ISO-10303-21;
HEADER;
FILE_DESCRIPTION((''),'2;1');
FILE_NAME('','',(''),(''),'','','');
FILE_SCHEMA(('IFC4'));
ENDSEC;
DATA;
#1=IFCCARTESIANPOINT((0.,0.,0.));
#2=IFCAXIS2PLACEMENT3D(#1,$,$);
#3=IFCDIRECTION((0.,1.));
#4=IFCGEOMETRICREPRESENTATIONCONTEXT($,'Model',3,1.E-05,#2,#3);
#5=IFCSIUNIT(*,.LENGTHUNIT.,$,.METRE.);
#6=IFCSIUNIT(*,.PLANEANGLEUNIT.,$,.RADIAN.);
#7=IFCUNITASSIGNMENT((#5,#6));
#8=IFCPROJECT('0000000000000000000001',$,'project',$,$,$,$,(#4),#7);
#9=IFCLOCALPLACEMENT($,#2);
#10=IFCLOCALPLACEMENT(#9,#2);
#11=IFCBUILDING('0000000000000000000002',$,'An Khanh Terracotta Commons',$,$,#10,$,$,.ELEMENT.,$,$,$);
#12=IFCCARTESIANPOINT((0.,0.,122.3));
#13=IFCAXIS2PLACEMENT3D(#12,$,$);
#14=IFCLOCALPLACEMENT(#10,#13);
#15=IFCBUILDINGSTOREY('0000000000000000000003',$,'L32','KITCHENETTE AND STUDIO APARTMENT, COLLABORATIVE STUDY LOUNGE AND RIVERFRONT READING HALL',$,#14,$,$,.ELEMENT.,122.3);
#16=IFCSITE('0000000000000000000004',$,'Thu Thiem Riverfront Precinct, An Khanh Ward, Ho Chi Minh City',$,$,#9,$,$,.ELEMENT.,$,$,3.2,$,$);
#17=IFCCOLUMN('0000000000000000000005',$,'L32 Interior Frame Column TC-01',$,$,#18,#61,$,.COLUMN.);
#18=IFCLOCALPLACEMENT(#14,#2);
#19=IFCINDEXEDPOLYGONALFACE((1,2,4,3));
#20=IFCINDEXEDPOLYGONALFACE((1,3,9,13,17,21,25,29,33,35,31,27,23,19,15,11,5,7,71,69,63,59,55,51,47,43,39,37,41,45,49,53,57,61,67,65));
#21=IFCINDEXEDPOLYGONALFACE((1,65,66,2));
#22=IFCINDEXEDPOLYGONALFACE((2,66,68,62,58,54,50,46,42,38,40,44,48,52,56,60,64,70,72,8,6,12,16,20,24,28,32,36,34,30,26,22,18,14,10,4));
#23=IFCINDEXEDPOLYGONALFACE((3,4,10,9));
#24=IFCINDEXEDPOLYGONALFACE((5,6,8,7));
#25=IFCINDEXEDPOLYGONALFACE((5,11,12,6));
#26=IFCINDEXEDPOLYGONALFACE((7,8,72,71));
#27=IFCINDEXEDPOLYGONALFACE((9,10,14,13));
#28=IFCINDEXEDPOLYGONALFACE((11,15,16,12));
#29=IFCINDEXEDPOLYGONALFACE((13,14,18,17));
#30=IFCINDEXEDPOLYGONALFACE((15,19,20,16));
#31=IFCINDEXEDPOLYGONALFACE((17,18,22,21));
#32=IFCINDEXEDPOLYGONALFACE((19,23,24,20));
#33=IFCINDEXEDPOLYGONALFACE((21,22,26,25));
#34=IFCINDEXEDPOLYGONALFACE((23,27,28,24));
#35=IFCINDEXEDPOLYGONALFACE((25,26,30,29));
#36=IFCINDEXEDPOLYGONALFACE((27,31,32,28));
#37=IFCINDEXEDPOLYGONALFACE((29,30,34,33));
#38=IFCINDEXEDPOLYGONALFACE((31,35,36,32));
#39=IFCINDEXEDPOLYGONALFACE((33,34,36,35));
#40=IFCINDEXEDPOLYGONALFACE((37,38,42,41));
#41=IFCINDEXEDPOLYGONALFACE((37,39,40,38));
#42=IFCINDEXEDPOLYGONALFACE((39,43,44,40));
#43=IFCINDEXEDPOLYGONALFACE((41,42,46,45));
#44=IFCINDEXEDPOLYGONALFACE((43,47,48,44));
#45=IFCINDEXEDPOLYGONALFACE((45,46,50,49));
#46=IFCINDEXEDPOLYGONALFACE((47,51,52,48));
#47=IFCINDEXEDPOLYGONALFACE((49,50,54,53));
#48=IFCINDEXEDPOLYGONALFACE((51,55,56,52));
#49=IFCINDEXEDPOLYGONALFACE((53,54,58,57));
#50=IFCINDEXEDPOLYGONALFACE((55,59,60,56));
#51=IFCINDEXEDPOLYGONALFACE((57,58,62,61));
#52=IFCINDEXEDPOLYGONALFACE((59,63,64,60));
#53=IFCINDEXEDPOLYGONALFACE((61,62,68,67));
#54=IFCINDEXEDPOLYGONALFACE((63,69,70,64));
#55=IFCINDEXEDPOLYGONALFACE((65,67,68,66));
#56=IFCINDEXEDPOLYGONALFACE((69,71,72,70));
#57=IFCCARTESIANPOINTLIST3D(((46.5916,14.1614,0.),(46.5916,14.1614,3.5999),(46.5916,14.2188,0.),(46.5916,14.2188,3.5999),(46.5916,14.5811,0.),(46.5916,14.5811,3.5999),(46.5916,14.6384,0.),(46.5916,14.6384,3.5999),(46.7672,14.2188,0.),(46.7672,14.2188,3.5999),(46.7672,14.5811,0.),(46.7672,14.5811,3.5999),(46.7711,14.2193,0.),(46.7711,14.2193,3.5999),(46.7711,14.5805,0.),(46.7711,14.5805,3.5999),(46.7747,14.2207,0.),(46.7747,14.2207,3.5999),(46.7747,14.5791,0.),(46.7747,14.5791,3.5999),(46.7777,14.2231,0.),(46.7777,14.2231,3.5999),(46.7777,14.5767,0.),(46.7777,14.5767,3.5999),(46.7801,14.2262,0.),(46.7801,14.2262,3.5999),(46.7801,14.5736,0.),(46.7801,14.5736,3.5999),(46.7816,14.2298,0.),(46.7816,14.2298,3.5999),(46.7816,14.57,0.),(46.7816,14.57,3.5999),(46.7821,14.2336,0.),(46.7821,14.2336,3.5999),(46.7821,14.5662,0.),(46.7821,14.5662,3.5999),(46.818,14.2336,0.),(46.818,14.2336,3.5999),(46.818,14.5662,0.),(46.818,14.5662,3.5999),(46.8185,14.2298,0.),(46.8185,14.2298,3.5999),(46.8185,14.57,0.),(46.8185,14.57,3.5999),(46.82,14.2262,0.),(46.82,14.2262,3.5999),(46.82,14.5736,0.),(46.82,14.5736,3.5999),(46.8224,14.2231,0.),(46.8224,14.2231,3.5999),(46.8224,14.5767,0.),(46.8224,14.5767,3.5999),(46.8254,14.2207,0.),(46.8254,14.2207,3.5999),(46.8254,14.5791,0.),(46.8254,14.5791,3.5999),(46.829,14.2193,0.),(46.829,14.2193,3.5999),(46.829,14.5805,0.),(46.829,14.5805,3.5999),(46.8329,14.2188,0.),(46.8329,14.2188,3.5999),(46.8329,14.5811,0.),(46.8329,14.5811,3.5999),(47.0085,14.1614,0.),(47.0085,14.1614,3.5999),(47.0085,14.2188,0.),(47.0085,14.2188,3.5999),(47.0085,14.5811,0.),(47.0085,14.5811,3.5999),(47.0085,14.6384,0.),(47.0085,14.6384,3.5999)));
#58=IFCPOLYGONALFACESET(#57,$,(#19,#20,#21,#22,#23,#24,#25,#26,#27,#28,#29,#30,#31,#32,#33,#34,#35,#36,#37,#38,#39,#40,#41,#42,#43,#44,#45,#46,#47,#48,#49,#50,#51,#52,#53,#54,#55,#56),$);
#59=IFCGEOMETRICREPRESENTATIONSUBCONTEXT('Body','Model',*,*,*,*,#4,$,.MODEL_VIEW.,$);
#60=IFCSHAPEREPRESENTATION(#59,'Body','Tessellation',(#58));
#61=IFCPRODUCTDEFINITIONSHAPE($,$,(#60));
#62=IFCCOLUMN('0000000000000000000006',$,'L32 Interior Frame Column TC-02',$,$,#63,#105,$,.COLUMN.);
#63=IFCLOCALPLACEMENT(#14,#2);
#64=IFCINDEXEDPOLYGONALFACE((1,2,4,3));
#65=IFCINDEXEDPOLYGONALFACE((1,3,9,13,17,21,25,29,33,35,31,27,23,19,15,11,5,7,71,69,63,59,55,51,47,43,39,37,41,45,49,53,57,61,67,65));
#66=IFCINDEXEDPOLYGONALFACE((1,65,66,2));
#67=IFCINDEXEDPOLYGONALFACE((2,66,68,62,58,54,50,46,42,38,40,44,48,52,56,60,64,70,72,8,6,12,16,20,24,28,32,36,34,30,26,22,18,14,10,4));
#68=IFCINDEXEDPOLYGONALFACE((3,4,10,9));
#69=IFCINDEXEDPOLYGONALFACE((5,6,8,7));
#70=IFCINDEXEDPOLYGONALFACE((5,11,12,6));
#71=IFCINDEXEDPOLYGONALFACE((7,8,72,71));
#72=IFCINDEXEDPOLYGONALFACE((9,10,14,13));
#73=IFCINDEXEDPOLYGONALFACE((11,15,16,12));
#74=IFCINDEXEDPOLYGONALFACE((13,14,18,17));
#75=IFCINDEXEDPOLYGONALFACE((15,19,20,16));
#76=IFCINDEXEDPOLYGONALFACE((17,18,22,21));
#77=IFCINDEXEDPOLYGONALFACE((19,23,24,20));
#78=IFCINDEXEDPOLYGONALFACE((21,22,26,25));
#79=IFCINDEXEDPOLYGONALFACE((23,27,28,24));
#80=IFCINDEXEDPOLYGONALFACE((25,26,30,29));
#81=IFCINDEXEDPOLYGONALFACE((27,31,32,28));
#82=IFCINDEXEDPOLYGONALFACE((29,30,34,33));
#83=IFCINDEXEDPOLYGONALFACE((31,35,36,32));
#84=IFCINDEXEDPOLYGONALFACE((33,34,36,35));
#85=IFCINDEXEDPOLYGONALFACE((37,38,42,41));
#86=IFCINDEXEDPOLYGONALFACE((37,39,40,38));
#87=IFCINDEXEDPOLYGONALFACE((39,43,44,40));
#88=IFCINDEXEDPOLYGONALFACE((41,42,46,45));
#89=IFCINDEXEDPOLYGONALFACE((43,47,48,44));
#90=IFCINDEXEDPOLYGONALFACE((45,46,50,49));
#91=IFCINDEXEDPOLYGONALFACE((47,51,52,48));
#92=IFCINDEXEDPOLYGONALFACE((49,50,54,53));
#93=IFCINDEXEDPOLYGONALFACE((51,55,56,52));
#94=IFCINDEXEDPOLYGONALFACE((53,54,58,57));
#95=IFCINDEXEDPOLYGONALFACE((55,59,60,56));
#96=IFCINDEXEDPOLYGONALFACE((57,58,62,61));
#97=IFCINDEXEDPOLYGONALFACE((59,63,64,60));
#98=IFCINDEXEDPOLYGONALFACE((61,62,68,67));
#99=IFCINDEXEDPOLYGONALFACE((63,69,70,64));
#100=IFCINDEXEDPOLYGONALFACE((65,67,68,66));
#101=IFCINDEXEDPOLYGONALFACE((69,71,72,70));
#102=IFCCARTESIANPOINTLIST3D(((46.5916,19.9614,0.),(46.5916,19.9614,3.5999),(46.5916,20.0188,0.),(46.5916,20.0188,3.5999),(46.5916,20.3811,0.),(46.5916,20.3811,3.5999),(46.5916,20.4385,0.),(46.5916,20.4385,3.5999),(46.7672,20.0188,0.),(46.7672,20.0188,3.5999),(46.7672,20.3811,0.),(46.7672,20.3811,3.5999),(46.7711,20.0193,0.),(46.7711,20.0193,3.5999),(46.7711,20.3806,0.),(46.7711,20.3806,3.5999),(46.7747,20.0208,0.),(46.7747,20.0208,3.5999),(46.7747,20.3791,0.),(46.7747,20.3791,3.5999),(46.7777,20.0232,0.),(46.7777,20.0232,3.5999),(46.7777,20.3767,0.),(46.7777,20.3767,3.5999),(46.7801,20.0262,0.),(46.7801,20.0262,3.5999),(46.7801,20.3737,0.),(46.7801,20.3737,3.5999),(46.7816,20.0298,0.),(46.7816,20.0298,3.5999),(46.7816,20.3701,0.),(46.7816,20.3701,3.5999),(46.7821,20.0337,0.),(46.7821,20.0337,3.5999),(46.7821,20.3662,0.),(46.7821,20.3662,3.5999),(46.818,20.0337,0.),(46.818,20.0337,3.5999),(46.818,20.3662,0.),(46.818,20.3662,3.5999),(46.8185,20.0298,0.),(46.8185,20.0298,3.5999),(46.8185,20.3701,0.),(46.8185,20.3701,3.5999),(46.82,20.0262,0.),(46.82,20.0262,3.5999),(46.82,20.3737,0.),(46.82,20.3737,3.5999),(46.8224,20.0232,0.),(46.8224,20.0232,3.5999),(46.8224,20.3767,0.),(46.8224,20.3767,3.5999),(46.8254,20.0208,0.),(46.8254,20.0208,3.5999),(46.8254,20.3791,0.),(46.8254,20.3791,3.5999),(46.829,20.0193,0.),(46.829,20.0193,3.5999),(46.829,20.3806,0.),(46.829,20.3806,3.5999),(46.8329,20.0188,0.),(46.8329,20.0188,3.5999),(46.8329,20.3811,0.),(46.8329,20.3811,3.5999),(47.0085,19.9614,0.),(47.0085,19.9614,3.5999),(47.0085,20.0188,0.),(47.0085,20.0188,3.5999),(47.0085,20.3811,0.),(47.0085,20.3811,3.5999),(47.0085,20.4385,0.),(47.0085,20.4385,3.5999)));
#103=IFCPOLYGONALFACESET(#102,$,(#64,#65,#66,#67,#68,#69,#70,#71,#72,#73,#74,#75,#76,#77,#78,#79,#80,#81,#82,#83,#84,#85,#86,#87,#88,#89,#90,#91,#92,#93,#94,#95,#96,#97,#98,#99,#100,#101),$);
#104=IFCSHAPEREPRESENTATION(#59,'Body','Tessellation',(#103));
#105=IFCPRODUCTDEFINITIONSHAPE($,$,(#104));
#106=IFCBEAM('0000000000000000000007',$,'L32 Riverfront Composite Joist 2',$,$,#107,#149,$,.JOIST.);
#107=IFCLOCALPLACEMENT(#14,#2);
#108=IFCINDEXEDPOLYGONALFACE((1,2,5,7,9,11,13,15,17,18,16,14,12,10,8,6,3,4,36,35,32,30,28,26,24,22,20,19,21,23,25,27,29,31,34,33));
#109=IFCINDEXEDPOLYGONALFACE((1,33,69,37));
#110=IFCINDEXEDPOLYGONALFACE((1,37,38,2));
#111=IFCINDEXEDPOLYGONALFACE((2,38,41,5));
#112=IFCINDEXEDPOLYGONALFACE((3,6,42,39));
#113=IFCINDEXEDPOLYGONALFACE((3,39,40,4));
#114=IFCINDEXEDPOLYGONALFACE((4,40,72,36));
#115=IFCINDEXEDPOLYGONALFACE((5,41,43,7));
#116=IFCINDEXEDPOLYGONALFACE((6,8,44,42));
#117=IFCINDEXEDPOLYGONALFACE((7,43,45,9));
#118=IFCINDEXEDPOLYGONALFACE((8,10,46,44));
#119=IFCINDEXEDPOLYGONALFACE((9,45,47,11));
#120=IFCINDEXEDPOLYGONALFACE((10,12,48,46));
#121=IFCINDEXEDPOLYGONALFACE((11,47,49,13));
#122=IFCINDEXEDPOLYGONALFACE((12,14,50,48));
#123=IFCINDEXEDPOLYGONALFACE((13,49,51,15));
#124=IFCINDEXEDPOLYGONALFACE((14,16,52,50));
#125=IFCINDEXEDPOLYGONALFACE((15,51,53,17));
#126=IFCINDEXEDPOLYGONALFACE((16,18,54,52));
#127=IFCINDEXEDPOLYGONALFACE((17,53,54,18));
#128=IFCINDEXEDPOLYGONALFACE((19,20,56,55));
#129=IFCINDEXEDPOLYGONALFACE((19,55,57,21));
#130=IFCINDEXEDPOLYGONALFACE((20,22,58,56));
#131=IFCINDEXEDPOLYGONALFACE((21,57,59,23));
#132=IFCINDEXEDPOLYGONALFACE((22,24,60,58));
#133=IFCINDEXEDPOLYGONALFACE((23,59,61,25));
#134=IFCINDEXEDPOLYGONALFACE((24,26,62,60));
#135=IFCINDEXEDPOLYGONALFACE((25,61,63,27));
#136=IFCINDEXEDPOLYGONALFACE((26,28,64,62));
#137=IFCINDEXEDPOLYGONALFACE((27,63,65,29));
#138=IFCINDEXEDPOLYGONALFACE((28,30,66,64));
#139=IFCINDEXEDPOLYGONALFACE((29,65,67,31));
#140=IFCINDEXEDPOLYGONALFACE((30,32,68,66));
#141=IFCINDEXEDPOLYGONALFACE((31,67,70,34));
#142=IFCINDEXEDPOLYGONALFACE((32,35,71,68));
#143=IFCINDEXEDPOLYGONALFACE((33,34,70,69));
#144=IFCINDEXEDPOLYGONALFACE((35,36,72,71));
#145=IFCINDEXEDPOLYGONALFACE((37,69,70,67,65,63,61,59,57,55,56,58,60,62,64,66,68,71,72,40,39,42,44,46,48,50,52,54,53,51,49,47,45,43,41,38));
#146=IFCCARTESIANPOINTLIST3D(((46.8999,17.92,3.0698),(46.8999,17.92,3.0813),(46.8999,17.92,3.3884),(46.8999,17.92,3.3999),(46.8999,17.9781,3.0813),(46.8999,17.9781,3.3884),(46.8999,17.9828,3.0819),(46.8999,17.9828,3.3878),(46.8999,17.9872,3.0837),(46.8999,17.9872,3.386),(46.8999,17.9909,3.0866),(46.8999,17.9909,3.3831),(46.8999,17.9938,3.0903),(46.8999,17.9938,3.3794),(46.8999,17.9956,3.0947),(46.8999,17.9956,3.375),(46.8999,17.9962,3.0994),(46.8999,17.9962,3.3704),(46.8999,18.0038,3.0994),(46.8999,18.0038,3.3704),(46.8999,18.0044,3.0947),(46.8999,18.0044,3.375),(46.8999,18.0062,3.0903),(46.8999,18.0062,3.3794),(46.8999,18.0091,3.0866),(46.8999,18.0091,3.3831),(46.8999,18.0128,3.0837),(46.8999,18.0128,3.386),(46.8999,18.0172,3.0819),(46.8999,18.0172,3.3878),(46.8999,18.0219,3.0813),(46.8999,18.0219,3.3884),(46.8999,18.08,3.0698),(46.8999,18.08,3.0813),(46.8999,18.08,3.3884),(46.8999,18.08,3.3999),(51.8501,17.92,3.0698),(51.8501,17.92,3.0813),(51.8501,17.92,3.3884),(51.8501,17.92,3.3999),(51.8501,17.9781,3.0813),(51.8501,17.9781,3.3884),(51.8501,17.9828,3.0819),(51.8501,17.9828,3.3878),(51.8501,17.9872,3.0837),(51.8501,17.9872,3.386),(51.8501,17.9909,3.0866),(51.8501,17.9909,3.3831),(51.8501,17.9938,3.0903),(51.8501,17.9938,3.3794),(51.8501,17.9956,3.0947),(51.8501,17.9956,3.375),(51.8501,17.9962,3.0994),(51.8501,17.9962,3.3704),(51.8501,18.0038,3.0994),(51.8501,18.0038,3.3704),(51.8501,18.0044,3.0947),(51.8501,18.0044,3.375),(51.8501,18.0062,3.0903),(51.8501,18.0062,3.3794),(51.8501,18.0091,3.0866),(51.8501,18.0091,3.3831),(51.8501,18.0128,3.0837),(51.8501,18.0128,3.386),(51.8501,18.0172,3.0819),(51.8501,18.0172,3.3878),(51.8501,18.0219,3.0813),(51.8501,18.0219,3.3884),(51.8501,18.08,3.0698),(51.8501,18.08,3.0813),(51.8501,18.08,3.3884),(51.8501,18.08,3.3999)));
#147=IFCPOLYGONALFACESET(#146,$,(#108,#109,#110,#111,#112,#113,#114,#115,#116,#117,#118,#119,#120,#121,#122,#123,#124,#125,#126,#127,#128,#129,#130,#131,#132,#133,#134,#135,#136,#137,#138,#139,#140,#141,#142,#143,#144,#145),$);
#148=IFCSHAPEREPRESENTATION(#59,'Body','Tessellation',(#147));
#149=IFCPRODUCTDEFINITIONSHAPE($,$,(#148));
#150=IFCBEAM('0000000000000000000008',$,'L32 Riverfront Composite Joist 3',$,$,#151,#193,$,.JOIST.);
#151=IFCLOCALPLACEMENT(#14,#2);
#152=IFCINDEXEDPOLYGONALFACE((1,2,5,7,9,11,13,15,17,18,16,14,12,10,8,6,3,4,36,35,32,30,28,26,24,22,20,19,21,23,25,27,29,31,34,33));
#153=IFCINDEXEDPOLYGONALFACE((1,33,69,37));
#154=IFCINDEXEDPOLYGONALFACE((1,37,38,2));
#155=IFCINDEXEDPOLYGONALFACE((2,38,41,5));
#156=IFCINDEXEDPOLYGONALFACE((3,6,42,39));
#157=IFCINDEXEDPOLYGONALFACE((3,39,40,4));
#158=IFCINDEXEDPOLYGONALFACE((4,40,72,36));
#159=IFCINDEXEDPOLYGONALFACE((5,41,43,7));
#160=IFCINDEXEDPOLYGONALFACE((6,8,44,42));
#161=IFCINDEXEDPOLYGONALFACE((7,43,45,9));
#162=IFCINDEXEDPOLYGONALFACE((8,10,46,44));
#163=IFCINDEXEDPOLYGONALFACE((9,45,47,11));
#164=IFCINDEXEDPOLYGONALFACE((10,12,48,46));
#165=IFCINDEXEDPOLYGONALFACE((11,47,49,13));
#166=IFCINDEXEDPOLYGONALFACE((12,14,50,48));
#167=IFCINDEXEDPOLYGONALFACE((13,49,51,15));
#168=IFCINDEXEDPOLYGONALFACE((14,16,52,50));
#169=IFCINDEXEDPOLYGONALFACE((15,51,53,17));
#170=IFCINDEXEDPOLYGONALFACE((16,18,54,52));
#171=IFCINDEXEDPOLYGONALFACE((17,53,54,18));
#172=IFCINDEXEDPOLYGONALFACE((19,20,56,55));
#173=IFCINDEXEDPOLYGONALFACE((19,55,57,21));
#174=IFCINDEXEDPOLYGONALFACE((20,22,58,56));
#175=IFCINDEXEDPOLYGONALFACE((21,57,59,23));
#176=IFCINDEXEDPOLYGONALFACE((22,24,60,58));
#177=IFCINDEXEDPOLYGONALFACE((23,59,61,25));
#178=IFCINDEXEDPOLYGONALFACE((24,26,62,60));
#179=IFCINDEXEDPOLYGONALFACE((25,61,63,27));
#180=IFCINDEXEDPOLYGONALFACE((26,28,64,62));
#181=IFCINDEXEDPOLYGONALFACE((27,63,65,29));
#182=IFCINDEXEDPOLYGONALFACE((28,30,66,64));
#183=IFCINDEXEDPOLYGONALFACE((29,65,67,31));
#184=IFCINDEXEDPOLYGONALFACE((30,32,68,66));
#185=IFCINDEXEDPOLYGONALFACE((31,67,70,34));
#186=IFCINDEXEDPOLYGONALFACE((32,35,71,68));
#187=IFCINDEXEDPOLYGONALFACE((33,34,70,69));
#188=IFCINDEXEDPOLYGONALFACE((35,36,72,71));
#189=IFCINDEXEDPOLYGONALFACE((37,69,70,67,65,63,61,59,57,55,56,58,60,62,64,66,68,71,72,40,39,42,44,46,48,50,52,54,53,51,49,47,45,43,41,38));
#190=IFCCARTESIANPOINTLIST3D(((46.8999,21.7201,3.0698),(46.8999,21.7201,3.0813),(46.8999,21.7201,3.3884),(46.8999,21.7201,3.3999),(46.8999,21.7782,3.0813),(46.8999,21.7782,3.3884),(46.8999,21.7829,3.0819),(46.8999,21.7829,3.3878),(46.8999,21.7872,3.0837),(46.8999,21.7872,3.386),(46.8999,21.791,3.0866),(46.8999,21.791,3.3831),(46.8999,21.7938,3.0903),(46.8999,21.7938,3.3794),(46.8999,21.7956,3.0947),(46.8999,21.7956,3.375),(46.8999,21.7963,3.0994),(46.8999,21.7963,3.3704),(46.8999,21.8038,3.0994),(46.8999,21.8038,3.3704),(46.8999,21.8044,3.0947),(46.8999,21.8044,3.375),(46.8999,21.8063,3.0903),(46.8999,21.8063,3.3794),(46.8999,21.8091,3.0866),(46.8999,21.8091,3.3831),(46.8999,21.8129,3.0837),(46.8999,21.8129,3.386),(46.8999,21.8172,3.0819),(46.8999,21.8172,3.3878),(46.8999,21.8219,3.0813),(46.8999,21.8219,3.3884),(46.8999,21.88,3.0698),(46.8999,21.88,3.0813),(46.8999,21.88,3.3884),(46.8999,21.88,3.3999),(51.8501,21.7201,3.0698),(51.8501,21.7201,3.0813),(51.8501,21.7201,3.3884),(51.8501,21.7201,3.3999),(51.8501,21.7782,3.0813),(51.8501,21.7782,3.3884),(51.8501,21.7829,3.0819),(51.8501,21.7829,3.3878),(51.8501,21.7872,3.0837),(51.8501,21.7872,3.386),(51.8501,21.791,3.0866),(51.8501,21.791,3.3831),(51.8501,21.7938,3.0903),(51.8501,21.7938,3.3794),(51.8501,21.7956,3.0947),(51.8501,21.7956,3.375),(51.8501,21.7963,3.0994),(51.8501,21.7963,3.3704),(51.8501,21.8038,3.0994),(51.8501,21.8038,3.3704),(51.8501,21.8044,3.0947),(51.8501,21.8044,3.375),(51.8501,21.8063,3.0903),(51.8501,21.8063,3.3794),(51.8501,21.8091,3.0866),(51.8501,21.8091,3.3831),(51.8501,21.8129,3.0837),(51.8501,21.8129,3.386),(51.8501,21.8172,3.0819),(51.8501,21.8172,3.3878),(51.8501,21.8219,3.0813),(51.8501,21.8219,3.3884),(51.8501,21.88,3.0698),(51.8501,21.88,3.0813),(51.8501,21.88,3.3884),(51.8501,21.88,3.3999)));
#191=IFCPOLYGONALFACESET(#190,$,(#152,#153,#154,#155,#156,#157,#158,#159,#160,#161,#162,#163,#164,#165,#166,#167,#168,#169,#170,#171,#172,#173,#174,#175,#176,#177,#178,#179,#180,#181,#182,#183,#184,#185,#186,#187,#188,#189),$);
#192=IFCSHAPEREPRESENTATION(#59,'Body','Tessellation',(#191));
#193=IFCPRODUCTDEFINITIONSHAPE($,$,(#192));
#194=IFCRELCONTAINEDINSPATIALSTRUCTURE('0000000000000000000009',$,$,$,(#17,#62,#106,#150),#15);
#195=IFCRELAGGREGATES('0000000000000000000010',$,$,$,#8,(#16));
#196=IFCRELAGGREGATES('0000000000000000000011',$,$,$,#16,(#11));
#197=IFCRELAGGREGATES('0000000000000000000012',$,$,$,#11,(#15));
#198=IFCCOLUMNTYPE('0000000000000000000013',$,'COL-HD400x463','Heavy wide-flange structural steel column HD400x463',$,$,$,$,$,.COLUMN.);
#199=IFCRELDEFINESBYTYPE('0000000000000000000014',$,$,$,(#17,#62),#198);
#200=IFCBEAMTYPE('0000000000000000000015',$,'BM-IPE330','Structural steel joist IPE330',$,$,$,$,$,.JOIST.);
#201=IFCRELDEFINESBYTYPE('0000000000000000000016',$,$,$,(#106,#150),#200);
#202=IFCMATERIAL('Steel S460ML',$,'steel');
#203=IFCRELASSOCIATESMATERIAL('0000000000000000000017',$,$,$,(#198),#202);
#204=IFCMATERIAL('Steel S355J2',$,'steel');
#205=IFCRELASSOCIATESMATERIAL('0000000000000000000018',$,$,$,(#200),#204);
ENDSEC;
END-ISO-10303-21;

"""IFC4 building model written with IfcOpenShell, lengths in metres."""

from ifc_helpers import new_model, si_unit, direction, frame, origin, origin_2d, place, context, subcontext, project, spatial, i_section, extrude, material, material_profile, profile_set, type_object, element, save


model = new_model("IFC4")

# Units and contexts
model_context = context("Model", 3, precision=1e-05, world=origin(), true_north=direction((0.0, 1.0)))
body_context = subcontext(model_context, "Body", "Model", "MODEL_VIEW")
ifc_project = project(units=[si_unit("LENGTHUNIT", "METRE"), si_unit("PLANEANGLEUNIT", "RADIAN")], contexts=[model_context])

# Site, building, storey
site_placement = place(None, origin())
site = spatial("IfcSite", under=ifc_project, at=site_placement, Name="Thu Thiem Riverfront Precinct, An Khanh Ward, Ho Chi Minh City", CompositionType="ELEMENT", RefElevation=3.2)
building_placement = place(site_placement, origin())
building = spatial("IfcBuilding", under=site, at=building_placement, Name="An Khanh Terracotta Commons", CompositionType="ELEMENT")
storey_placement = place(building_placement, frame((0.0, 0.0, 122.3)))
storey = spatial("IfcBuildingStorey", under=building, at=storey_placement, Name="L32", Description="KITCHENETTE AND STUDIO APARTMENT, COLLABORATIVE STUDY LOUNGE AND RIVERFRONT READING HALL", CompositionType="ELEMENT", Elevation=122.3)

# Columns
ifc_material_1 = material(Name="Steel S460ML", Category="steel")
ifc_material_profile_1 = material_profile(ifc_material_1, i_section(OverallWidth=0.417, OverallDepth=0.4771, WebThickness=0.0359, FlangeThickness=0.0574, FilletRadius=0.0149, at=origin_2d()), Name="HD400x463")
ifc_profile_set_1 = profile_set([ifc_material_profile_1], Name="Steel S460ML")
column_type = type_object("IfcColumnType", Name="COL-HD400x463", Description="Heavy wide-flange structural steel column HD400x463", PredefinedType="COLUMN", material=ifc_profile_set_1)
for number, where, z_axis, x_axis, name in (
    (1, (46.8, 14.3999, 0.0), (0.0, 0.0, 1.0), (1.0, 0.0, 0.0), "L32 Interior Frame Column TC-01"),
    (2, (46.8, 20.2, 0.0), (0.0, 0.0, 1.0), (1.0, 0.0, 0.0), "L32 Interior Frame Column TC-02"),
):
    element("IfcColumn", number, at=place(storey_placement, frame(where, z_axis=z_axis, x_axis=x_axis)), inside=storey, type_object=column_type, Name=name, PredefinedType="COLUMN", context=body_context, shape_type="SweptSolid", body=[
        extrude(i_section(OverallWidth=0.417, OverallDepth=0.4771, WebThickness=0.0359, FlangeThickness=0.0574, FilletRadius=0.0149, at=origin_2d()), origin(), (0.0, 0.0, 1.0), 3.5999),
    ])

# Beams
ifc_material_2 = material(Name="Steel S355J2", Category="steel")
ifc_material_profile_2 = material_profile(ifc_material_2, i_section(OverallWidth=0.1599, OverallDepth=0.3301, WebThickness=0.0076, FlangeThickness=0.0115, FilletRadius=0.0181, at=origin_2d()), Name="IPE330")
ifc_profile_set_2 = profile_set([ifc_material_profile_2], Name="Steel S355J2")
beam_type_1 = type_object("IfcBeamType", Name="BM-IPE330", Description="Structural steel joist IPE330", PredefinedType="JOIST", material=ifc_profile_set_2)
for number, where, z_axis, x_axis, name in (
    (3, (46.8999, 18.0, 3.2349), (1.0, 0.0, 0.0), (0.0, 1.0, 0.0), "L32 Riverfront Composite Joist 2"),
    (4, (46.8999, 21.8, 3.2349), (1.0, 0.0, 0.0), (0.0, 1.0, 0.0), "L32 Riverfront Composite Joist 3"),
):
    element("IfcBeam", number, at=place(storey_placement, frame(where, z_axis=z_axis, x_axis=x_axis)), inside=storey, type_object=beam_type_1, Name=name, PredefinedType="JOIST", context=body_context, shape_type="SweptSolid", body=[
        extrude(i_section(OverallWidth=0.1599, OverallDepth=0.3301, WebThickness=0.0076, FlangeThickness=0.0115, FilletRadius=0.0181, at=origin_2d()), origin(), (0.0, 0.0, 1.0), 4.9502),
    ])

save(model, "model.ifc")
